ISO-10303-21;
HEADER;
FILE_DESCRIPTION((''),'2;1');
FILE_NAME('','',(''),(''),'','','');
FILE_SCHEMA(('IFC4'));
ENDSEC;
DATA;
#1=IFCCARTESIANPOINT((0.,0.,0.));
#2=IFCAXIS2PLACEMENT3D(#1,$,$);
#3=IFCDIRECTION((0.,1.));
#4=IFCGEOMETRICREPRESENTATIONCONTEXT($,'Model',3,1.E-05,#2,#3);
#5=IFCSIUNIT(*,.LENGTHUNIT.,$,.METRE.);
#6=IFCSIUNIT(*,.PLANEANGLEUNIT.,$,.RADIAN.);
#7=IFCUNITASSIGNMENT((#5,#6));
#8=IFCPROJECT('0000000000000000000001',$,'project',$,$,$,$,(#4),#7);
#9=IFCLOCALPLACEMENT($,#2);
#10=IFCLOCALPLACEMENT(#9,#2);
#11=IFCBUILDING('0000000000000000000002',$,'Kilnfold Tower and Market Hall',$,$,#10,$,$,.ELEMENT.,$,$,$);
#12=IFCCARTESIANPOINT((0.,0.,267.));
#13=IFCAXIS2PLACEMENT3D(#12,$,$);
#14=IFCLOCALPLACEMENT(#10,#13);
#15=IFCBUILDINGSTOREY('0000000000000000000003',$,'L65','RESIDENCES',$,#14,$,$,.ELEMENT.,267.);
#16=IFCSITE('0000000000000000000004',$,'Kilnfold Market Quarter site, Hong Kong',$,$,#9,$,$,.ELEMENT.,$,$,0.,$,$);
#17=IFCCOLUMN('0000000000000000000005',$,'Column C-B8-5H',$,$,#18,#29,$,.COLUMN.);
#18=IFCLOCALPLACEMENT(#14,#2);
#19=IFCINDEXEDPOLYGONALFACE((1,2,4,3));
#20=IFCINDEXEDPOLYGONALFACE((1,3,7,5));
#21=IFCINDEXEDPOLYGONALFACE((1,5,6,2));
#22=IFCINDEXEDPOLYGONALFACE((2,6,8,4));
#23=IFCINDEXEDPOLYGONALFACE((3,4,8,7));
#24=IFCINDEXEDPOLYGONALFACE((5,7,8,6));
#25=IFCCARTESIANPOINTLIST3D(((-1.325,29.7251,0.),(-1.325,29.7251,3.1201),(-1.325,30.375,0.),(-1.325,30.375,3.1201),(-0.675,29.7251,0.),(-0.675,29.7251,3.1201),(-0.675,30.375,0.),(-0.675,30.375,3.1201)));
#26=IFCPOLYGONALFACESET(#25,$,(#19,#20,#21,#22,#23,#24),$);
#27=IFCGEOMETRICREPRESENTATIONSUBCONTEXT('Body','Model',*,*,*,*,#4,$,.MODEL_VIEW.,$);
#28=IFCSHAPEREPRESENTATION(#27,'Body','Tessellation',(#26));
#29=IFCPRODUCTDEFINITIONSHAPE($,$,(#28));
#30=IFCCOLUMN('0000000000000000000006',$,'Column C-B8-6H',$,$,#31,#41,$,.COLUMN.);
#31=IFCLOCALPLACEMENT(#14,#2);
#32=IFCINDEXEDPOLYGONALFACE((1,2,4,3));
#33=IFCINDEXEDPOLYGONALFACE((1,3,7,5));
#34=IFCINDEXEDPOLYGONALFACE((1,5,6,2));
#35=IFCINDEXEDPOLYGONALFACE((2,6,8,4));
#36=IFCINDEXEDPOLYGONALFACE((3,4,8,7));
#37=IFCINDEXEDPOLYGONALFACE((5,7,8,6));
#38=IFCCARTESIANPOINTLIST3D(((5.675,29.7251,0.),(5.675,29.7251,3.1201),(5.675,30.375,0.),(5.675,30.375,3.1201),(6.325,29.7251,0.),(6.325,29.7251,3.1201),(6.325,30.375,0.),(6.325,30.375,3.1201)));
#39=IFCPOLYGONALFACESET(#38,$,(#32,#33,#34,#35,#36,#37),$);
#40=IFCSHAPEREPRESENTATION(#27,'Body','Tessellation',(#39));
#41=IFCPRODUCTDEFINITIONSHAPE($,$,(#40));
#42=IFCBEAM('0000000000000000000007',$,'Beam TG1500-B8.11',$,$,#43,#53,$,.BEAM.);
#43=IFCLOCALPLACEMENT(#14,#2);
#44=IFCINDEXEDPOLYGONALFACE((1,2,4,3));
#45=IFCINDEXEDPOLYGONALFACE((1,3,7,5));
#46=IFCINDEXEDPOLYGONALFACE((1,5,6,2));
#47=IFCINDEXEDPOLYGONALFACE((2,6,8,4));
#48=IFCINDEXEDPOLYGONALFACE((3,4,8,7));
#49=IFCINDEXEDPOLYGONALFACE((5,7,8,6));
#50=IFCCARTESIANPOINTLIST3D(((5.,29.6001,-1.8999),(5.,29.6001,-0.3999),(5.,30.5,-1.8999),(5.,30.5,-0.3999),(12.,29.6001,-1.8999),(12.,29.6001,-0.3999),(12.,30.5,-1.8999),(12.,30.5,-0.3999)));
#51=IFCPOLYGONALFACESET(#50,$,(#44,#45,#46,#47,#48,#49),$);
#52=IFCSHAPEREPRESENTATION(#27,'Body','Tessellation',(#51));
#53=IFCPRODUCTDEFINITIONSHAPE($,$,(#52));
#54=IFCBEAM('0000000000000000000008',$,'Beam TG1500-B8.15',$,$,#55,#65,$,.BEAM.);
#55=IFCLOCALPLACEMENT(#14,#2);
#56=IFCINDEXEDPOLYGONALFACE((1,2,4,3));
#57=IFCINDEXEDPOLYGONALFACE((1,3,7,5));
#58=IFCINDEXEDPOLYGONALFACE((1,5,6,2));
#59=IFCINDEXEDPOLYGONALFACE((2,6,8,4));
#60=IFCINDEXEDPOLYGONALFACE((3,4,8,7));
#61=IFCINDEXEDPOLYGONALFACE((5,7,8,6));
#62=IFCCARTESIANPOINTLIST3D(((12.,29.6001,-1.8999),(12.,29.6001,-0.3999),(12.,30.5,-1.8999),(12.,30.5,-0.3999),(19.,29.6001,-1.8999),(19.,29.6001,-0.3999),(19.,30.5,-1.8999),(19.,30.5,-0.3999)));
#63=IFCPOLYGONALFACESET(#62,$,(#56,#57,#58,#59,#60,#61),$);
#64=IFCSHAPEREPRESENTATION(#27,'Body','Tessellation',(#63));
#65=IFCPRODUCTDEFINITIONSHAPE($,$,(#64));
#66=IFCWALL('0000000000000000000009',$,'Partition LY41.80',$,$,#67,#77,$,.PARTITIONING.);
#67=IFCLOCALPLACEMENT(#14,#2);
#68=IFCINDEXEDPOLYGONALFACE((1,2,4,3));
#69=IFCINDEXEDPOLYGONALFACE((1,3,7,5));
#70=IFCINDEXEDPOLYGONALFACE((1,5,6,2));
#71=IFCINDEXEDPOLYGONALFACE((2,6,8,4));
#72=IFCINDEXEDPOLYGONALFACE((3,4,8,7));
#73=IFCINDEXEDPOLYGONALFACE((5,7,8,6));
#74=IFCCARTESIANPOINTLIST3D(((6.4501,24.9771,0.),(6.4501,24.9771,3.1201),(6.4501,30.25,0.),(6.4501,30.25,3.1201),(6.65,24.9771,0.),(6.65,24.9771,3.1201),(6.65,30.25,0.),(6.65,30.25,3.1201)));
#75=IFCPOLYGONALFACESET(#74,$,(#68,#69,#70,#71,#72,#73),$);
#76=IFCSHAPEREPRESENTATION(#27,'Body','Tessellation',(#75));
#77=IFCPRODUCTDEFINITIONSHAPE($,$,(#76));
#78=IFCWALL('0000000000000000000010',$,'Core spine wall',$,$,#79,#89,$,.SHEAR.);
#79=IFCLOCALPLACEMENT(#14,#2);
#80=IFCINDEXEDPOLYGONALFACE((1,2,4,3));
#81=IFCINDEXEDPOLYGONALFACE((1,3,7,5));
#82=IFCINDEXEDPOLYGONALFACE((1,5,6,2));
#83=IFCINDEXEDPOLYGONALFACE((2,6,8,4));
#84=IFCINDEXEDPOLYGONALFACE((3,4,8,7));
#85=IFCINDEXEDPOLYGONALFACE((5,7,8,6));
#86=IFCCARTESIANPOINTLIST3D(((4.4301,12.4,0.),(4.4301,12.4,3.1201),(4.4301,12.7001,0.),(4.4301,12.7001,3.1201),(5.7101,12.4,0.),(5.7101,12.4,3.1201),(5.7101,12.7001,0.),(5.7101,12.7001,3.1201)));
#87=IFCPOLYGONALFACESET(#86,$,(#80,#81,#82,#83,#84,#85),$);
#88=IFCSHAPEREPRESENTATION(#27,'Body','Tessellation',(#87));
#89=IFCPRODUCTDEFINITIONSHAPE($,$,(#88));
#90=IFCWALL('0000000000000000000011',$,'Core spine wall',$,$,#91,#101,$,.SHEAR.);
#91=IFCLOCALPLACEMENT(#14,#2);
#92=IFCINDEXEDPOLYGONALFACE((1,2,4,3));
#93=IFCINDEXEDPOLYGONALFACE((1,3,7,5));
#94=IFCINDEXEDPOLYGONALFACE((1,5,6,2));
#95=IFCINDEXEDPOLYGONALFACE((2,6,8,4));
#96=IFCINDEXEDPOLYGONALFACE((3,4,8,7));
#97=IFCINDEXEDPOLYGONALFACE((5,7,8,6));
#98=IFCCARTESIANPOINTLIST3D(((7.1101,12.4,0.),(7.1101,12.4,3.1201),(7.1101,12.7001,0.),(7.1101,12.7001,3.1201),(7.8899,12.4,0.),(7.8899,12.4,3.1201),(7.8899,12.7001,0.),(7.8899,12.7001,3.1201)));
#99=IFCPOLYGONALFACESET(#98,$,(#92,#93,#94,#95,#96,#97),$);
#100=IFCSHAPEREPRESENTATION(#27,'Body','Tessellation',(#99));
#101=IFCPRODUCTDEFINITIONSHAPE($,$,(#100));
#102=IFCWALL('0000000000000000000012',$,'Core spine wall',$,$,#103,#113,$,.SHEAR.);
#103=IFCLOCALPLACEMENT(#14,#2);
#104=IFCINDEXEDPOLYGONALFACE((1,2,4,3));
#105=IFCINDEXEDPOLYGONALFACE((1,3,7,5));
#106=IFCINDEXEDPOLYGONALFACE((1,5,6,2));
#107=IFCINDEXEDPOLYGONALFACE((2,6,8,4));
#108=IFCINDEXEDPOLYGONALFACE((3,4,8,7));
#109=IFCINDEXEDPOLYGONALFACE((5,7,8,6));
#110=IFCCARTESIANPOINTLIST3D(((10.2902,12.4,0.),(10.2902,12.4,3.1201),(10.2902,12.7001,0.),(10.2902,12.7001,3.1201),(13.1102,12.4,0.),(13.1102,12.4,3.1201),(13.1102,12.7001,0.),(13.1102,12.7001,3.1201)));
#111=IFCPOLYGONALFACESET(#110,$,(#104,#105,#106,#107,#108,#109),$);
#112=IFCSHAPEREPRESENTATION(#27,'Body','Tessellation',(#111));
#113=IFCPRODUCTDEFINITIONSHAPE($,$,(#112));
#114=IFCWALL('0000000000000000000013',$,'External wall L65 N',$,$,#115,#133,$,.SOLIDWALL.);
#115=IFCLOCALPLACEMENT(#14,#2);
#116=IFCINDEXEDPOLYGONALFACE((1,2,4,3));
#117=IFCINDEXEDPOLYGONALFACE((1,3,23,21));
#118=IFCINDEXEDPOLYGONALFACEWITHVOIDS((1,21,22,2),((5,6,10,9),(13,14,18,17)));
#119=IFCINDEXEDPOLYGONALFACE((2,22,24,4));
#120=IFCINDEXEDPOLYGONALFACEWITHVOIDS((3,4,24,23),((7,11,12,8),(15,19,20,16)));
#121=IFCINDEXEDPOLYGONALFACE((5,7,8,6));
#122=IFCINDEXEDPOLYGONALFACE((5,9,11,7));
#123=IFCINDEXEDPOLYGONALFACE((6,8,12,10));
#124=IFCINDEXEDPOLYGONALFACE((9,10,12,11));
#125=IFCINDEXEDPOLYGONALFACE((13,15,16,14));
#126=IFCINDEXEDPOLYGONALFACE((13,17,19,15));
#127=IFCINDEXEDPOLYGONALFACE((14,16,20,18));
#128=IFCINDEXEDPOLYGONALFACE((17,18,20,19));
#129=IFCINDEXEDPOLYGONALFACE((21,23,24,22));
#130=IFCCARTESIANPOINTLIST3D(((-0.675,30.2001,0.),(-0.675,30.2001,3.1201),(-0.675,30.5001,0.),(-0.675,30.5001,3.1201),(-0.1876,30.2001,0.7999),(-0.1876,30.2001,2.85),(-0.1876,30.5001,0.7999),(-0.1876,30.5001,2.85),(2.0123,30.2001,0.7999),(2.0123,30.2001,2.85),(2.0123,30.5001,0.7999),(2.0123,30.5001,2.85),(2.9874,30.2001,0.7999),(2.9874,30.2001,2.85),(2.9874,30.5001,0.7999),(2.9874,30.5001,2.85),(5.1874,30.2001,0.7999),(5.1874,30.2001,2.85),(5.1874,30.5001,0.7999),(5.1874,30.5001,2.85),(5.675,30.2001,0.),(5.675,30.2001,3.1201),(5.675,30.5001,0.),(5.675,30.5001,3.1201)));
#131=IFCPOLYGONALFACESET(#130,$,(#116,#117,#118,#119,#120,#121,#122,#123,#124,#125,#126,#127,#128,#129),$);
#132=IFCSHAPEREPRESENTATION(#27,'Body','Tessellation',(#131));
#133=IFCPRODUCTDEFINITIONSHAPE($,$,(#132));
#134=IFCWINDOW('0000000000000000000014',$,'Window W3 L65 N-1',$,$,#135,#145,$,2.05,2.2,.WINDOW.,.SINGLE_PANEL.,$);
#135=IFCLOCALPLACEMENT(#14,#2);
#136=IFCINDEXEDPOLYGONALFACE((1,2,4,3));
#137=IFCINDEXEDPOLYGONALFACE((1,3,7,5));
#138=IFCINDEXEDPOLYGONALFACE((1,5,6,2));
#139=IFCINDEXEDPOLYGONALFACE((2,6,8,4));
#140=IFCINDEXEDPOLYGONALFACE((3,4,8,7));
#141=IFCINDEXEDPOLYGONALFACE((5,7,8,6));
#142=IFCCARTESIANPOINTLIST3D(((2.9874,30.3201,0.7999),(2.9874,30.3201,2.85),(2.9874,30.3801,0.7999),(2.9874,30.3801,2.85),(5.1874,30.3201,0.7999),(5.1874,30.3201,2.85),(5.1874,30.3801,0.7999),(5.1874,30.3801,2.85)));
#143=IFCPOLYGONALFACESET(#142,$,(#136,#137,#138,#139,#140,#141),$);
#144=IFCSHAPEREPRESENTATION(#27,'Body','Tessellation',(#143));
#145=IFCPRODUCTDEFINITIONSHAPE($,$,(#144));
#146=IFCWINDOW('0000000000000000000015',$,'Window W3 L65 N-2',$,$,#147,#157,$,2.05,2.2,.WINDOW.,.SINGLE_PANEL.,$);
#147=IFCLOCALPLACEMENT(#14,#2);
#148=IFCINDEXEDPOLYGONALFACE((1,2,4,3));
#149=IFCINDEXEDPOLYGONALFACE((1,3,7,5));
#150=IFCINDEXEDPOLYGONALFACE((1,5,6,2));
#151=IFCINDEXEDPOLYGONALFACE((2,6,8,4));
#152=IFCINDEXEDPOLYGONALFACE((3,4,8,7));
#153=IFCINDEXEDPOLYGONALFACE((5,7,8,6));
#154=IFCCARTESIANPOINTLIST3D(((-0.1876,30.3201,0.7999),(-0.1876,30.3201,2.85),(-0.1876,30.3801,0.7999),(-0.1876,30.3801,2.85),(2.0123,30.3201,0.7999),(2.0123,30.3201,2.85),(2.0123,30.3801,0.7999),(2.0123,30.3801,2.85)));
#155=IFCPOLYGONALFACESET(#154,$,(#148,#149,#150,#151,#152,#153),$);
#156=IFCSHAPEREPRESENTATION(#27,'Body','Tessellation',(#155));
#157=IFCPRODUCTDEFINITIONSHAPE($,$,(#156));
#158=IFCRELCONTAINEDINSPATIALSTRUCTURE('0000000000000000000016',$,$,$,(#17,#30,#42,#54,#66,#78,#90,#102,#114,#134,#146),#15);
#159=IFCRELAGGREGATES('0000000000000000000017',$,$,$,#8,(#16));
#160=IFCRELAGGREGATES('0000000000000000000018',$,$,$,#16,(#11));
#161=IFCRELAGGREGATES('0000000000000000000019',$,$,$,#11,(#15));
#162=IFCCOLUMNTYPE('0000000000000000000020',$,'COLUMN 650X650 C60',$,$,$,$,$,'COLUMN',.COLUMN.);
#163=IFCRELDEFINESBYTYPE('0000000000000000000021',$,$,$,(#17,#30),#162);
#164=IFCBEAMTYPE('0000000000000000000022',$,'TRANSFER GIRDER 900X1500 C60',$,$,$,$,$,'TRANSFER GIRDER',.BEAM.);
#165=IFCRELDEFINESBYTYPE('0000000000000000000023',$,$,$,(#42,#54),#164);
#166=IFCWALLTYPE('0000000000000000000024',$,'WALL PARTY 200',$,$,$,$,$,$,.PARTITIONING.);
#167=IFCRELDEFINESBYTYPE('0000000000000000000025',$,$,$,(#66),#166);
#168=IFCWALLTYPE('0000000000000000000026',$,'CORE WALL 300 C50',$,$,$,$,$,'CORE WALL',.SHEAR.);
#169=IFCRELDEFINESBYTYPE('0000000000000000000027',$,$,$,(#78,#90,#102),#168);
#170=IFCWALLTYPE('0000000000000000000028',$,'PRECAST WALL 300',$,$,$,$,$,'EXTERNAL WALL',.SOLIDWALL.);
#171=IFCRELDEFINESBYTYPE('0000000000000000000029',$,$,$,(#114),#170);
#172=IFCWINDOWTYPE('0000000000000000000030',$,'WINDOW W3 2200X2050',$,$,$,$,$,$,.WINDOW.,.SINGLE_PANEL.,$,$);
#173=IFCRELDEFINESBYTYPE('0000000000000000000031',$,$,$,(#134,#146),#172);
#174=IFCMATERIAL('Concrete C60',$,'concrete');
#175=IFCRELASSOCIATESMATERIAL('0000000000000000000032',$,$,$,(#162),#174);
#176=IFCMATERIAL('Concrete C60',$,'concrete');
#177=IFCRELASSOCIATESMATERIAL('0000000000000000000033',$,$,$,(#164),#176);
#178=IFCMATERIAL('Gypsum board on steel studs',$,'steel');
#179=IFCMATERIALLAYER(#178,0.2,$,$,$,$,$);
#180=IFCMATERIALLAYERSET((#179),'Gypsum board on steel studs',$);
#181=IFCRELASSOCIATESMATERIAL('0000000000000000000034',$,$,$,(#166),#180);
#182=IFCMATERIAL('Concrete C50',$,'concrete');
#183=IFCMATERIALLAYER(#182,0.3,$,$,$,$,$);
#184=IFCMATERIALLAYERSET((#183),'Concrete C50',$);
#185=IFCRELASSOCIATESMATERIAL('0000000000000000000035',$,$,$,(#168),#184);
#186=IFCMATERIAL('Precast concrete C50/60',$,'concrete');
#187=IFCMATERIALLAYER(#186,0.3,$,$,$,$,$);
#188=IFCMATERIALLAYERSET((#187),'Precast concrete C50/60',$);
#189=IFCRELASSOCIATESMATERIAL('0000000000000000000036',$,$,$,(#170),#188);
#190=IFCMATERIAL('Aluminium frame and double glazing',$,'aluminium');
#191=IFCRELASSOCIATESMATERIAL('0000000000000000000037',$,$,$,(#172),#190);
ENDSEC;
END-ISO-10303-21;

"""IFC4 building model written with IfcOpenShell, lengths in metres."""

from ifc_helpers import new_model, si_unit, direction, frame, frame_2d, origin, origin_2d, place, context, subcontext, project, spatial, rectangle, extrude, source, transform, mapped, material, layer, layer_set, material_profile, profile_set, type_object, element, fill, save


model = new_model("IFC4")

# Units and contexts
model_context = context("Model", 3, precision=1e-05, world=origin(), true_north=direction((0.0, 1.0)))
body_context = subcontext(model_context, "Body", "Model", "MODEL_VIEW")
ifc_project = project(units=[si_unit("LENGTHUNIT", "METRE"), si_unit("PLANEANGLEUNIT", "RADIAN")], contexts=[model_context])

# Site, building, storey
site_placement = place(None, origin())
site = spatial("IfcSite", under=ifc_project, at=site_placement, Name="Kilnfold Market Quarter site, Hong Kong", CompositionType="ELEMENT", RefElevation=0.0)
building_placement = place(site_placement, origin())
building = spatial("IfcBuilding", under=site, at=building_placement, Name="Kilnfold Tower and Market Hall", CompositionType="ELEMENT")
storey_placement = place(building_placement, frame((0.0, 0.0, 267.0)))
storey = spatial("IfcBuildingStorey", under=building, at=storey_placement, Name="L65", Description="RESIDENCES", CompositionType="ELEMENT", Elevation=267.0)

# Columns
ifc_material_1 = material(Name="Concrete C60", Category="concrete")
ifc_material_profile_1 = material_profile(ifc_material_1, rectangle(XDim=0.6499, YDim=0.6499, at=origin_2d()), Name="RC 650x650")
ifc_profile_set_1 = profile_set([ifc_material_profile_1], Name="Concrete C60")
column_type = type_object("IfcColumnType", Name="COLUMN 650X650 C60", ElementType="COLUMN", PredefinedType="COLUMN", material=ifc_profile_set_1)
shared_shape_1 = source(origin(), body_context, "Body", "SweptSolid", [
    extrude(rectangle(XDim=0.6499, YDim=0.6499, at=origin_2d()), origin(), (0.0, 0.0, 1.0), 3.1201),
])
for number, where, z_axis, x_axis, name in (
    (1, (-1.0, 30.05, 0.0), (0.0, 0.0, 1.0), (1.0, 0.0, 0.0), "Column C-B8-5H"),
    (2, (6.0, 30.05, 0.0), (0.0, 0.0, 1.0), (1.0, 0.0, 0.0), "Column C-B8-6H"),
):
    element("IfcColumn", number, at=place(storey_placement, frame(where, z_axis=z_axis, x_axis=x_axis)), inside=storey, type_object=column_type, Name=name, PredefinedType="COLUMN", context=body_context, shape_type="MappedRepresentation", body=[
        mapped(shared_shape_1, transform((0.0, 0.0, 0.0))),
    ])

# Beams
ifc_material_2 = material(Name="Concrete C60", Category="concrete")
ifc_material_profile_2 = material_profile(ifc_material_2, rectangle(XDim=0.8999, YDim=1.5, at=origin_2d()), Name="RC 900x1500")
ifc_profile_set_2 = profile_set([ifc_material_profile_2], Name="Concrete C60")
beam_type = type_object("IfcBeamType", Name="TRANSFER GIRDER 900X1500 C60", ElementType="TRANSFER GIRDER", PredefinedType="BEAM", material=ifc_profile_set_2)
shared_shape_2 = source(origin(), body_context, "Body", "SweptSolid", [
    extrude(rectangle(XDim=0.8999, YDim=1.5, at=origin_2d()), origin(), (0.0, 0.0, 1.0), 7.0),
])
for number, where, z_axis, x_axis, name in (
    (3, (5.0, 30.05, -1.1499), (1.0, 0.0, 0.0), (0.0, 1.0, 0.0), "Beam TG1500-B8.11"),
    (4, (12.0, 30.05, -1.1499), (1.0, 0.0, 0.0), (0.0, 1.0, 0.0), "Beam TG1500-B8.15"),
):
    element("IfcBeam", number, at=place(storey_placement, frame(where, z_axis=z_axis, x_axis=x_axis)), inside=storey, type_object=beam_type, Name=name, PredefinedType="BEAM", context=body_context, shape_type="MappedRepresentation", body=[
        mapped(shared_shape_2, transform((0.0, 0.0, 0.0))),
    ])

# Walls
ifc_material_3 = material(Name="Gypsum board on steel studs", Category="steel")
ifc_layer_1 = layer(ifc_material_3, 0.2)
ifc_layer_set_1 = layer_set([ifc_layer_1], Name="Gypsum board on steel studs")
wall_type_1 = type_object("IfcWallType", Name="WALL PARTY 200", PredefinedType="PARTITIONING", material=ifc_layer_set_1)
wall_1_placement = place(storey_placement, frame((6.55, 24.9771, 0.0), z_axis=(0.0, 0.0, 1.0), x_axis=(0.0, 1.0, 0.0)))
element("IfcWall", 5, at=wall_1_placement, inside=storey, type_object=wall_type_1, Name="Partition LY41.80", PredefinedType="PARTITIONING", context=body_context, shape_type="SweptSolid", body=[
    extrude(rectangle(XDim=5.2729, YDim=0.2, at=frame_2d((2.6365, 0.0))), origin(), (0.0, 0.0, 1.0), 3.1201),
])
ifc_material_4 = material(Name="Concrete C50", Category="concrete")
ifc_layer_2 = layer(ifc_material_4, 0.3)
ifc_layer_set_2 = layer_set([ifc_layer_2], Name="Concrete C50")
wall_type_2 = type_object("IfcWallType", Name="CORE WALL 300 C50", ElementType="CORE WALL", PredefinedType="SHEAR", material=ifc_layer_set_2)
shared_shape_3 = source(origin(), body_context, "Body", "SweptSolid", [
    extrude(rectangle(XDim=1.28, YDim=0.3, at=frame_2d((0.6401, 0.0))), origin(), (0.0, 0.0, 1.0), 3.1201),
])
wall_2_placement = place(storey_placement, frame((4.4299, 12.55, 0.0), z_axis=(0.0, 0.0, 1.0), x_axis=(1.0, 0.0, 0.0)))
element("IfcWall", 6, at=wall_2_placement, inside=storey, type_object=wall_type_2, Name="Core spine wall", PredefinedType="SHEAR", context=body_context, shape_type="MappedRepresentation", body=[
    mapped(shared_shape_3, transform((0.0, 0.0, 0.0))),
])
shared_shape_4 = source(origin(), body_context, "Body", "SweptSolid", [
    extrude(rectangle(XDim=0.7798, YDim=0.3, at=frame_2d((0.3899, 0.0))), origin(), (0.0, 0.0, 1.0), 3.1201),
])
wall_3_placement = place(storey_placement, frame((7.1101, 12.55, 0.0), z_axis=(0.0, 0.0, 1.0), x_axis=(1.0, 0.0, 0.0)))
element("IfcWall", 7, at=wall_3_placement, inside=storey, type_object=wall_type_2, Name="Core spine wall", PredefinedType="SHEAR", context=body_context, shape_type="MappedRepresentation", body=[
    mapped(shared_shape_4, transform((0.0, 0.0, 0.0))),
])
shared_shape_5 = source(origin(), body_context, "Body", "SweptSolid", [
    extrude(rectangle(XDim=2.8201, YDim=0.3, at=frame_2d((1.4102, 0.0))), origin(), (0.0, 0.0, 1.0), 3.1201),
])
wall_4_placement = place(storey_placement, frame((10.29, 12.55, 0.0), z_axis=(0.0, 0.0, 1.0), x_axis=(1.0, 0.0, 0.0)))
element("IfcWall", 8, at=wall_4_placement, inside=storey, type_object=wall_type_2, Name="Core spine wall", PredefinedType="SHEAR", context=body_context, shape_type="MappedRepresentation", body=[
    mapped(shared_shape_5, transform((0.0, 0.0, 0.0))),
])

# Wall, openings, windows
ifc_material_5 = material(Name="Precast concrete C50/60", Category="concrete")
ifc_layer_3 = layer(ifc_material_5, 0.3)
ifc_layer_set_3 = layer_set([ifc_layer_3], Name="Precast concrete C50/60")
wall_type_3 = type_object("IfcWallType", Name="PRECAST WALL 300", ElementType="EXTERNAL WALL", PredefinedType="SOLIDWALL", material=ifc_layer_set_3)
shared_shape_6 = source(origin(), body_context, "Body", "SweptSolid", [
    extrude(rectangle(XDim=6.3501, YDim=0.3, at=frame_2d((3.175, 0.0))), origin(), (0.0, 0.0, 1.0), 3.1201),
])
wall_5_placement = place(storey_placement, frame((5.675, 30.3501, 0.0), z_axis=(0.0, 0.0, 1.0), x_axis=(-1.0, 0.0, 0.0)))
wall_5 = element("IfcWall", 9, at=wall_5_placement, inside=storey, type_object=wall_type_3, Name="External wall L65 N", PredefinedType="SOLIDWALL", context=body_context, shape_type="MappedRepresentation", body=[
    mapped(shared_shape_6, transform((0.0, 0.0, 0.0))),
])
opening_1_placement = place(wall_5_placement, frame((0.4875, 0.0, 0.8)))
opening_1 = element("IfcOpeningElement", 10, at=opening_1_placement, cuts=wall_5, PredefinedType="OPENING", context=body_context, shape_type="SweptSolid", body=[
    extrude(rectangle(XDim=2.2, YDim=2.05, at=frame_2d((1.1001, 1.0249))), frame((0.0, 0.1602, 0.0), z_axis=(0.0, -1.0, 0.0), x_axis=(1.0, 0.0, 0.0)), (0.0, 0.0, 1.0), 0.3201),
])
opening_2_placement = place(wall_5_placement, frame((3.6626, 0.0, 0.8)))
opening_2 = element("IfcOpeningElement", 11, at=opening_2_placement, cuts=wall_5, PredefinedType="OPENING", context=body_context, shape_type="SweptSolid", body=[
    extrude(rectangle(XDim=2.2, YDim=2.05, at=frame_2d((1.1001, 1.0249))), frame((0.0, 0.1602, 0.0), z_axis=(0.0, -1.0, 0.0), x_axis=(1.0, 0.0, 0.0)), (0.0, 0.0, 1.0), 0.3201),
])
ifc_material_6 = material(Name="Aluminium frame and double glazing", Category="aluminium")
window_type = type_object("IfcWindowType", Name="WINDOW W3 2200X2050", PartitioningType="SINGLE_PANEL", PredefinedType="WINDOW", material=ifc_material_6)
window_1_placement = place(opening_1_placement, origin())
window_1 = element("IfcWindow", 12, at=window_1_placement, inside=storey, type_object=window_type, Name="Window W3 L65 N-1", OverallHeight=2.05, OverallWidth=2.2, PartitioningType="SINGLE_PANEL", PredefinedType="WINDOW", context=body_context, shape_type="SweptSolid", body=[
    extrude(rectangle(XDim=2.2, YDim=2.05, at=frame_2d((1.1001, 1.0249))), frame((0.0, 0.03, 0.0), z_axis=(0.0, -1.0, 0.0), x_axis=(1.0, 0.0, 0.0)), (0.0, 0.0, 1.0), 0.0601),
])
fill(opening_1, window_1)
window_2_placement = place(opening_2_placement, origin())
window_2 = element("IfcWindow", 13, at=window_2_placement, inside=storey, type_object=window_type, Name="Window W3 L65 N-2", OverallHeight=2.05, OverallWidth=2.2, PartitioningType="SINGLE_PANEL", PredefinedType="WINDOW", context=body_context, shape_type="SweptSolid", body=[
    extrude(rectangle(XDim=2.2, YDim=2.05, at=frame_2d((1.1001, 1.0249))), frame((0.0, 0.03, 0.0), z_axis=(0.0, -1.0, 0.0), x_axis=(1.0, 0.0, 0.0)), (0.0, 0.0, 1.0), 0.0601),
])
fill(opening_2, window_2)

save(model, "model.ifc")
